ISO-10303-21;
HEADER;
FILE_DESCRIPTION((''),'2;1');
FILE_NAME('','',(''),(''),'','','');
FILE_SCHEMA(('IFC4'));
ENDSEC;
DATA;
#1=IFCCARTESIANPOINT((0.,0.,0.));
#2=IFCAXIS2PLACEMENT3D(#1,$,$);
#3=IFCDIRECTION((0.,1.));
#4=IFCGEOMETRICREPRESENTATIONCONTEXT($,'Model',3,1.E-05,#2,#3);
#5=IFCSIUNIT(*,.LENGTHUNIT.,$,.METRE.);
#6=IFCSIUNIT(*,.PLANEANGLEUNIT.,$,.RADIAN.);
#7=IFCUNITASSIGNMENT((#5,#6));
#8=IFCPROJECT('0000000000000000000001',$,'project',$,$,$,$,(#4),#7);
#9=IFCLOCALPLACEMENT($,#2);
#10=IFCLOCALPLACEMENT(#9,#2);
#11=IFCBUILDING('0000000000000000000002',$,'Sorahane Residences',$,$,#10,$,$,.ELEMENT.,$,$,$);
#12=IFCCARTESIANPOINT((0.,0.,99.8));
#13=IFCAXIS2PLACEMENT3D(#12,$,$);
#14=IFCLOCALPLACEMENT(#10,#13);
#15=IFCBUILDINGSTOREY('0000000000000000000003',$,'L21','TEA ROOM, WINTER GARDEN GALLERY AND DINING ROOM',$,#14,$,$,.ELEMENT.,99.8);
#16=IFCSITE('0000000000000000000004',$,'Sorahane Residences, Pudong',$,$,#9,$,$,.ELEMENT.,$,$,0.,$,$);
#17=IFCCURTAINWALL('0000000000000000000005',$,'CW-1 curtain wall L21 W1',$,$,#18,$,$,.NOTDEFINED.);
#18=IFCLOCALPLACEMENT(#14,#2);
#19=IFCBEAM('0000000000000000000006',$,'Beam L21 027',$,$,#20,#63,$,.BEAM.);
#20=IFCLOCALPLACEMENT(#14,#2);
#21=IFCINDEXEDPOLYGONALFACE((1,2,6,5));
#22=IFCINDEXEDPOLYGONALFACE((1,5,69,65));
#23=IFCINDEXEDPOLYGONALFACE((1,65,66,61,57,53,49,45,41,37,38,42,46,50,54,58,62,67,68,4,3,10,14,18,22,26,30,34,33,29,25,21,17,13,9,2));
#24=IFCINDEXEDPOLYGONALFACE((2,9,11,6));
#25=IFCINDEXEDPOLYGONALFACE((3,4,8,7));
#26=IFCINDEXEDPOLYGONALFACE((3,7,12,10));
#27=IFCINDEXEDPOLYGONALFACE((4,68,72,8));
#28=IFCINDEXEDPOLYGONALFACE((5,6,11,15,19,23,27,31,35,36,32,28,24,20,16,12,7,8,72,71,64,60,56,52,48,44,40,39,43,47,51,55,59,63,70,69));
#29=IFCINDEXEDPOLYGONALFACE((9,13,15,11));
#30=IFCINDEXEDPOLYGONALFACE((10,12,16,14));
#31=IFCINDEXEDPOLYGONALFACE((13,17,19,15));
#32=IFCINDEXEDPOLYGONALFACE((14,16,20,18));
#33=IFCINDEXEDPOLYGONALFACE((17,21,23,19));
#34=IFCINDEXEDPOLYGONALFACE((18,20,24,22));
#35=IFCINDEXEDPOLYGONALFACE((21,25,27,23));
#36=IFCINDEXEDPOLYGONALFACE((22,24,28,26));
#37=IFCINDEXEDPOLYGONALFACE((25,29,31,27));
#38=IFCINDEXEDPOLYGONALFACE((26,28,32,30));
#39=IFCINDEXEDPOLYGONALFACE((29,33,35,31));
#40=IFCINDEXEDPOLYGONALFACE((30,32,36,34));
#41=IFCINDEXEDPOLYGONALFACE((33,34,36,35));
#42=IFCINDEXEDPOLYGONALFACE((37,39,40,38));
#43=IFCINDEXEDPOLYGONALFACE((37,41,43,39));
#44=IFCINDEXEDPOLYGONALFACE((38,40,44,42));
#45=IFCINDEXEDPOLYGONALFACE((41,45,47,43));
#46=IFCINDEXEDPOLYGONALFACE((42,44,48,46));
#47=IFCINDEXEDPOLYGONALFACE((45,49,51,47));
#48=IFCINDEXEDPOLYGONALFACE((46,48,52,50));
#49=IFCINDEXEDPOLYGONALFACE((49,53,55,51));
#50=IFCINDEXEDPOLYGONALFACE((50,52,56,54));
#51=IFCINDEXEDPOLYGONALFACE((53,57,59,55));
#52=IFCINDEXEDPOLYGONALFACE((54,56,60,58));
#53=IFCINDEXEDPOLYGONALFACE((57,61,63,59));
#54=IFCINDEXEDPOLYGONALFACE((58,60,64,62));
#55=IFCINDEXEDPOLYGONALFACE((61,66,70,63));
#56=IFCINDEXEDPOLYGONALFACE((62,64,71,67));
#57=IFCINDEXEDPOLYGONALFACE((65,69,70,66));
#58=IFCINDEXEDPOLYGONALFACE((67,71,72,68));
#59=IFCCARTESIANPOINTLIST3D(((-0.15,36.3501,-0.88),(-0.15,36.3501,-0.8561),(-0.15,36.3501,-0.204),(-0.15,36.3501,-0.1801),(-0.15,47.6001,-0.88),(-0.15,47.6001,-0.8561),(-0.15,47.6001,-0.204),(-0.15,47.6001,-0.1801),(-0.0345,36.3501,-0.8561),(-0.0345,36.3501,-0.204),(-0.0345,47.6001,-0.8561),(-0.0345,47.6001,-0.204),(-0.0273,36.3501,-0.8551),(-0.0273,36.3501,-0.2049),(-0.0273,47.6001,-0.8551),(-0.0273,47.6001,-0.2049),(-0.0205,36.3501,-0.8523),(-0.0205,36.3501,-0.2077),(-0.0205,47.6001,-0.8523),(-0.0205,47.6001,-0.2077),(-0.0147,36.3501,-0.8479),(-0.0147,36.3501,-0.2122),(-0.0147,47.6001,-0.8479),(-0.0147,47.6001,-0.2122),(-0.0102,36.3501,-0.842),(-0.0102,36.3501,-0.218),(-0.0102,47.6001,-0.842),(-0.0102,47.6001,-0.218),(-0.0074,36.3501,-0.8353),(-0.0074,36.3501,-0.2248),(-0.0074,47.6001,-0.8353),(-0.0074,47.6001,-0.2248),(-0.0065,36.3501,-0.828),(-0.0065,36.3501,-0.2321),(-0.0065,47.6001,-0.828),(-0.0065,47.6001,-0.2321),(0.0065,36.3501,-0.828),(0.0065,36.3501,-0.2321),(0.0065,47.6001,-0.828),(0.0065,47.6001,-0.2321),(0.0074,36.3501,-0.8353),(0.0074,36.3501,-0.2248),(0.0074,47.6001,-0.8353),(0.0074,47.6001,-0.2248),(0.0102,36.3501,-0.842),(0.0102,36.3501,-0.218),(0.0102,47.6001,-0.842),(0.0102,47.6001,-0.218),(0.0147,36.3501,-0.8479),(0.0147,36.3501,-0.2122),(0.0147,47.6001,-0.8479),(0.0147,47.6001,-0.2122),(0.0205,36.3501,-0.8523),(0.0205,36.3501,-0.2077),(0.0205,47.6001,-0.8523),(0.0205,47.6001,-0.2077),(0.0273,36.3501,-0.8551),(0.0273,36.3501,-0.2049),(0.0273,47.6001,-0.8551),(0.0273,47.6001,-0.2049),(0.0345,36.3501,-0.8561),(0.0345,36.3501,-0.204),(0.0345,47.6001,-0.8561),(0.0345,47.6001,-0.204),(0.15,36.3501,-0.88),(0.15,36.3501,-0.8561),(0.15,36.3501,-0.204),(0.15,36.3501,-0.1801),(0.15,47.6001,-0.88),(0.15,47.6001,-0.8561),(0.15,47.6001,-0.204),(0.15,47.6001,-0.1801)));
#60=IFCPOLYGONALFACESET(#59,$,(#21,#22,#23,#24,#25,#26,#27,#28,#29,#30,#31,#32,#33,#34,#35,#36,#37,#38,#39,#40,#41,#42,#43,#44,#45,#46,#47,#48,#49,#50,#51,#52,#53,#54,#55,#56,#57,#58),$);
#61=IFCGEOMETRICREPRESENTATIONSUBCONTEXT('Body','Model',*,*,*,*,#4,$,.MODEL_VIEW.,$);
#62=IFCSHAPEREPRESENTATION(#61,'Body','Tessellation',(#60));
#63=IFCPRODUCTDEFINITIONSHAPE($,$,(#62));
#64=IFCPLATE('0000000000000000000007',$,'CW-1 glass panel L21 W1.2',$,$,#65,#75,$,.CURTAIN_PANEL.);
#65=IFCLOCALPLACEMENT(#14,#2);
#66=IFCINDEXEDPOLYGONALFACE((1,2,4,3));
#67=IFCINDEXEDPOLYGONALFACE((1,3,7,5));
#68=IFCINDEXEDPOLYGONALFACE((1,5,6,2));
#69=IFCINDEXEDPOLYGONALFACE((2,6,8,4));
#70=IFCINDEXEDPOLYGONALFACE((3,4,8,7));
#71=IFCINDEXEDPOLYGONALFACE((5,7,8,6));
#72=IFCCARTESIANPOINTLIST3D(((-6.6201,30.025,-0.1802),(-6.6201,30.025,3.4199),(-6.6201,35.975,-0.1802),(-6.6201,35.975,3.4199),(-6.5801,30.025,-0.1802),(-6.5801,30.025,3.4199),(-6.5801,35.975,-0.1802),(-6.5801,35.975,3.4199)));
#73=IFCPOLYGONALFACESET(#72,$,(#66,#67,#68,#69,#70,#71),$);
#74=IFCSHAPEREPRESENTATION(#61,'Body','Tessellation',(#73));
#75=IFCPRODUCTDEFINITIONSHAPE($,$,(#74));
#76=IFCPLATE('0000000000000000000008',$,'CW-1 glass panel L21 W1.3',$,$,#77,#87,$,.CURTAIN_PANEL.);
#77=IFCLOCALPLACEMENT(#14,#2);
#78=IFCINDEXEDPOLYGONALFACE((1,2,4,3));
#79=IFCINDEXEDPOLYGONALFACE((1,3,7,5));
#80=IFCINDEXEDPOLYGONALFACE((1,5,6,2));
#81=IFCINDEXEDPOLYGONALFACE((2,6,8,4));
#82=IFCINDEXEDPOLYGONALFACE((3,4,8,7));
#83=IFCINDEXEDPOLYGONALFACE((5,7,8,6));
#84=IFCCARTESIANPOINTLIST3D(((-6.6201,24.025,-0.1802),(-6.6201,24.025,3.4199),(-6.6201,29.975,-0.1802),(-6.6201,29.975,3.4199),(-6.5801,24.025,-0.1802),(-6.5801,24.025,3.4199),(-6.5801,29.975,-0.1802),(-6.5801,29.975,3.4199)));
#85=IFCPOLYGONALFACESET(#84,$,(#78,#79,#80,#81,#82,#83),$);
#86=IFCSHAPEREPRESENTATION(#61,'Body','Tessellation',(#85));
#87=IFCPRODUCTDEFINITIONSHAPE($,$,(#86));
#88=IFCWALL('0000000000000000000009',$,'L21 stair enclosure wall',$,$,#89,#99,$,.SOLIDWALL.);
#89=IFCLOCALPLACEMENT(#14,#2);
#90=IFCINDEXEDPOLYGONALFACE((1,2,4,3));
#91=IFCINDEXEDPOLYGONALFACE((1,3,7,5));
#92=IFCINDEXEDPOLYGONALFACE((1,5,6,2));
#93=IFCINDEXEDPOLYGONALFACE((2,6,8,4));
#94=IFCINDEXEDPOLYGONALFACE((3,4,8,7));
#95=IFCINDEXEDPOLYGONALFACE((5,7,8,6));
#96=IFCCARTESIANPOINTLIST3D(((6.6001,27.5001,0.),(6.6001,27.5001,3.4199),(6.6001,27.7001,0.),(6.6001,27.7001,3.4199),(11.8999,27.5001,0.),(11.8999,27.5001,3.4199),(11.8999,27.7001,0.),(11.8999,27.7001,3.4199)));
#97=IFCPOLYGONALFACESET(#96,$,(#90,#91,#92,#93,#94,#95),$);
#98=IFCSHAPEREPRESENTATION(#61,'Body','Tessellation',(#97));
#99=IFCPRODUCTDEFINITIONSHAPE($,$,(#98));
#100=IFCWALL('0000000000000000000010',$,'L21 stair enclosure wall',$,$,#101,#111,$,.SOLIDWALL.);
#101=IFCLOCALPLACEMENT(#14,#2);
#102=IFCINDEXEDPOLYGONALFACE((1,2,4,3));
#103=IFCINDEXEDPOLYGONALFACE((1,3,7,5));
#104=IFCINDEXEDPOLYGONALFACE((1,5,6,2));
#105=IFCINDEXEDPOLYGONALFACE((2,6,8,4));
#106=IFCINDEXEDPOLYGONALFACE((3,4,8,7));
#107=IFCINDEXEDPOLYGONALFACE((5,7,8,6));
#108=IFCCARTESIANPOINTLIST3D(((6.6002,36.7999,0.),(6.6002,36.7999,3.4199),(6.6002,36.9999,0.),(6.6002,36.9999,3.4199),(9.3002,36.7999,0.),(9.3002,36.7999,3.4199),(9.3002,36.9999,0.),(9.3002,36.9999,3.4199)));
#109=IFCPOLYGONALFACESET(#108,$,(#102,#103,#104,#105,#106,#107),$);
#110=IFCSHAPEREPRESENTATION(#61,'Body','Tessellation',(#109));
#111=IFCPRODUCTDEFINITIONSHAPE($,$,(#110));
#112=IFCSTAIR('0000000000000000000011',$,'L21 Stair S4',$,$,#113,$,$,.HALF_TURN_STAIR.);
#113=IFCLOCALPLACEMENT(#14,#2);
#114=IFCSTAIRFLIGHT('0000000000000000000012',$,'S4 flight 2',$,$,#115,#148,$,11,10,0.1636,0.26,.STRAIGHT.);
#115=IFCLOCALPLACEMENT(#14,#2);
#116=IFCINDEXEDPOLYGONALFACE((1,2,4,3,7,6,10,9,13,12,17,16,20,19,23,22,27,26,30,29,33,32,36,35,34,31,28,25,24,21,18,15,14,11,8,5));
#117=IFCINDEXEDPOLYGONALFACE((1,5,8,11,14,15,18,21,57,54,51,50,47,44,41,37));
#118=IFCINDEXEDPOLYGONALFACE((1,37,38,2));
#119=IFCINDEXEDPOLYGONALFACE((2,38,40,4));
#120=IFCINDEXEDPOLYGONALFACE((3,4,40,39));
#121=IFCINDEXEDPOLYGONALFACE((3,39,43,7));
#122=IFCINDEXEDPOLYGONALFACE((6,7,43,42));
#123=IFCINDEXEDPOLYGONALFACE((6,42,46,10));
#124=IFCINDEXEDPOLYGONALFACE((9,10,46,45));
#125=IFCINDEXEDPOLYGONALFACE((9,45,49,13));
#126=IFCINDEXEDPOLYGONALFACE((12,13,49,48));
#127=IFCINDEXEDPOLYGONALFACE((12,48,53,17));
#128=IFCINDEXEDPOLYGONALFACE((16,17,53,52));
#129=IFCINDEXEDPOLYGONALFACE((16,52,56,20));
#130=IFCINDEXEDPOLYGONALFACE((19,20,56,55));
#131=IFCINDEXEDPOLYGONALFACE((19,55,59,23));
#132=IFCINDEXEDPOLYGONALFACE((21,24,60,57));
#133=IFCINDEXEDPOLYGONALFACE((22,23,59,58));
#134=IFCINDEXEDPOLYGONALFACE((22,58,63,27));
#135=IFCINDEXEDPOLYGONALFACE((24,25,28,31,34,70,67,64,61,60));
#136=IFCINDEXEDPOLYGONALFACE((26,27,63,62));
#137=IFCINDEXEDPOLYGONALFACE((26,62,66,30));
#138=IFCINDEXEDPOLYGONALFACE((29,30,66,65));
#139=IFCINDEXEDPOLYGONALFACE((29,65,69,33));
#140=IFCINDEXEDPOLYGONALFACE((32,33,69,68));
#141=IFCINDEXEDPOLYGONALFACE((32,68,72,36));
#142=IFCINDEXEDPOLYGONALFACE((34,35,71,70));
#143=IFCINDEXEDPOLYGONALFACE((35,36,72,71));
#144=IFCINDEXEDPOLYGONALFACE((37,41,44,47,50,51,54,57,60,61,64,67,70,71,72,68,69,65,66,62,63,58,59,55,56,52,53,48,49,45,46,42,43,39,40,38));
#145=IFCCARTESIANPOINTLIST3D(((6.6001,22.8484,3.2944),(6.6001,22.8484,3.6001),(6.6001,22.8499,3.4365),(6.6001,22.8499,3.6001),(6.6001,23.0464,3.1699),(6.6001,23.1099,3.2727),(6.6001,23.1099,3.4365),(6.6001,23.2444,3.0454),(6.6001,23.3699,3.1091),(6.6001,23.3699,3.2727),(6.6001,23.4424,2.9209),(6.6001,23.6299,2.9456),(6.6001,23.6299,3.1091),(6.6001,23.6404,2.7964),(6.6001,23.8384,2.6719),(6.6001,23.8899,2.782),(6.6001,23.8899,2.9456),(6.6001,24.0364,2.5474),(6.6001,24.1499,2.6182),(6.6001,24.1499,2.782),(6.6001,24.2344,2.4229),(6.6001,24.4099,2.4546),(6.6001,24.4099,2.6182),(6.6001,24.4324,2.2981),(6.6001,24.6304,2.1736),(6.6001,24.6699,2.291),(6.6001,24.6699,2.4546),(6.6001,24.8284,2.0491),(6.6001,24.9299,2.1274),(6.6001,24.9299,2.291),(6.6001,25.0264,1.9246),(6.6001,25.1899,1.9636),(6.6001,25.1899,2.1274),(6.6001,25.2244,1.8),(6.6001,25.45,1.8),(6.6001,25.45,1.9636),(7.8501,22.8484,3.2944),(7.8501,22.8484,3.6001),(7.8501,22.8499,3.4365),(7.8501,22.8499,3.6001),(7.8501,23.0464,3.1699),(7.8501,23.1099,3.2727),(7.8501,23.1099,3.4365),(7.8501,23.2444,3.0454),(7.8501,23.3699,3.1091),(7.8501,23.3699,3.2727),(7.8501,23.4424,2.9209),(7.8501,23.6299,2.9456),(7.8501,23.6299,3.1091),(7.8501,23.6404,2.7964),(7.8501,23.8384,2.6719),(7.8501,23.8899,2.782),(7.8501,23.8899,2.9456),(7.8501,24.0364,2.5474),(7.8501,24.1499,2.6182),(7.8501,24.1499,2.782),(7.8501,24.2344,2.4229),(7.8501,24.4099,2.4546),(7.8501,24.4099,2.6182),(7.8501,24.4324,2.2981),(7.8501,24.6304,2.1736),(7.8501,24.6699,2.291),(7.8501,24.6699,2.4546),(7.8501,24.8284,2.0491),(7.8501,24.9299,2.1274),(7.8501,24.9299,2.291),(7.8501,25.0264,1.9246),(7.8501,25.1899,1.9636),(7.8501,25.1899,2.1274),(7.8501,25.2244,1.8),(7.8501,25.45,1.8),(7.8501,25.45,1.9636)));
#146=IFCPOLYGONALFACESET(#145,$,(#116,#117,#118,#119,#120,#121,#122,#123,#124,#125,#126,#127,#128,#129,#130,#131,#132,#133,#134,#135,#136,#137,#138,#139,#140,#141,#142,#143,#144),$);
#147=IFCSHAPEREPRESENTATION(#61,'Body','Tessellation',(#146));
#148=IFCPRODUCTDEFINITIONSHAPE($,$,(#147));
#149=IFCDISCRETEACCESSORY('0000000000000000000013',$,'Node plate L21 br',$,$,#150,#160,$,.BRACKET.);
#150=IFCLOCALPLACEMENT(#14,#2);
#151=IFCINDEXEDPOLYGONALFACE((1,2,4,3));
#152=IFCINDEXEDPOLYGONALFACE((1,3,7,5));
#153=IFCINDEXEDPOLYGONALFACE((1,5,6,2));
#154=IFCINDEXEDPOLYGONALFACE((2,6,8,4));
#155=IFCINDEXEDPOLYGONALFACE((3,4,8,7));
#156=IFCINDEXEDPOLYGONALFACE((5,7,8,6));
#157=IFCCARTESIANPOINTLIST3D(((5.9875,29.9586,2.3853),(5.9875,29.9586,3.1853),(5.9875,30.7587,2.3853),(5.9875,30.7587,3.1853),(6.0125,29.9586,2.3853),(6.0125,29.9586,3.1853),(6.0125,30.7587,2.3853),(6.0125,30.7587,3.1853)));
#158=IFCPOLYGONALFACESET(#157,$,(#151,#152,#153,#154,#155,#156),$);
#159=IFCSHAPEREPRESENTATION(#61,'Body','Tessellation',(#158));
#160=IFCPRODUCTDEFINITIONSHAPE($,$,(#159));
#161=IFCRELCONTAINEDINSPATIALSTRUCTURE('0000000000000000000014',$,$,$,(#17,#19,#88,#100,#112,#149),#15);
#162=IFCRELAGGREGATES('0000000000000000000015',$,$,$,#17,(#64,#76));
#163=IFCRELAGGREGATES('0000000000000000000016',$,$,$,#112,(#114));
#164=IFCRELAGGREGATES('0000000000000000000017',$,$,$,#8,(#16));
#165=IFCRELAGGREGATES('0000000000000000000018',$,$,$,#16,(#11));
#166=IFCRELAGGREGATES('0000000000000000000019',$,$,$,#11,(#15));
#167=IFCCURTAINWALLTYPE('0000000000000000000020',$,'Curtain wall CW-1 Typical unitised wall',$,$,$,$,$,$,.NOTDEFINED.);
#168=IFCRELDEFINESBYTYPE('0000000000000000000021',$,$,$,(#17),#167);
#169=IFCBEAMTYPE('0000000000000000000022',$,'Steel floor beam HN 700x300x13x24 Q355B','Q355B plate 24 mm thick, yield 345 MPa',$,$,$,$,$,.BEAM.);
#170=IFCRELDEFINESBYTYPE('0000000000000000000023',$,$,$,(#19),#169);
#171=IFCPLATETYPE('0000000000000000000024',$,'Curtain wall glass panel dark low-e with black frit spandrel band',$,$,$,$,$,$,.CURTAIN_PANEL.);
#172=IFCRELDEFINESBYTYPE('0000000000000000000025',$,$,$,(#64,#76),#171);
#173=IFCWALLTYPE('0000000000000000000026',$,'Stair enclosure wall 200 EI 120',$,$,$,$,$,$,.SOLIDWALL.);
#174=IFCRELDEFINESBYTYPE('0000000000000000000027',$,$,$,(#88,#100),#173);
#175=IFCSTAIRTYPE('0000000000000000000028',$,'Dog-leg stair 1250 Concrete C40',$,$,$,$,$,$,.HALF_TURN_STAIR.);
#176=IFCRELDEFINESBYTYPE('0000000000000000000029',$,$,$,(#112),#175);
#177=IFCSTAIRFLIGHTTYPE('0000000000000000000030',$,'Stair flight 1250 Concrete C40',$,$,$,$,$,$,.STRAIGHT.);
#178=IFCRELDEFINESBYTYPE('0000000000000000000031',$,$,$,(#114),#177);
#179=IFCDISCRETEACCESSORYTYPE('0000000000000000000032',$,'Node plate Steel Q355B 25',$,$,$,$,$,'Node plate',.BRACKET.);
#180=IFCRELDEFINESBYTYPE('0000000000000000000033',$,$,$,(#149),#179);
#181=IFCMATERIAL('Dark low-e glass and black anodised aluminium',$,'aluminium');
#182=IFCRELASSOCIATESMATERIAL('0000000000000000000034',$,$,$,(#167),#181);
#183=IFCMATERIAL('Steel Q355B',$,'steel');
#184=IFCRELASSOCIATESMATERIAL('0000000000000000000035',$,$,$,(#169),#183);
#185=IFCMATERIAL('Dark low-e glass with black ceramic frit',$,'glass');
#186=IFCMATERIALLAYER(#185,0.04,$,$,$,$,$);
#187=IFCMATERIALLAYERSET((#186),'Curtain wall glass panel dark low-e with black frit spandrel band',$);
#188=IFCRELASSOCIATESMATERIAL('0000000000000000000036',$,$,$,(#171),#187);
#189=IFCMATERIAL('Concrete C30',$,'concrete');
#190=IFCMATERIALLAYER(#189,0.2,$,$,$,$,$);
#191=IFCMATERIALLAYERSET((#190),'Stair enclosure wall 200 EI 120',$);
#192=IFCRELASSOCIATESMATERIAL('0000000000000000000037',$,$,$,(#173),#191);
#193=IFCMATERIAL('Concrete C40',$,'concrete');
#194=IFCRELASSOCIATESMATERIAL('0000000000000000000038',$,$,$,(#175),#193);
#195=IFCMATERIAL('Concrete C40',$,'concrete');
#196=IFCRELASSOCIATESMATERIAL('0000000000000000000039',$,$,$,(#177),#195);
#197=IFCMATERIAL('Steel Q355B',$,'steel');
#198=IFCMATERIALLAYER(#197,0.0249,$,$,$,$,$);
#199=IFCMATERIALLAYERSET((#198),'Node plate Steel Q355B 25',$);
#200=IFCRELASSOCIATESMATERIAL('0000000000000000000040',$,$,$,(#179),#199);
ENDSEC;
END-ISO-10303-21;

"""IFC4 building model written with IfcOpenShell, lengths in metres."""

from ifc_helpers import new_model, si_unit, direction, frame, frame_2d, origin, origin_2d, place, context, subcontext, project, spatial, polyline, rectangle, i_section, outline, extrude, material, layer, layer_set, material_profile, profile_set, type_object, element, aggregate, save


model = new_model("IFC4")

# Units and contexts
model_context = context("Model", 3, precision=1e-05, world=origin(), true_north=direction((0.0, 1.0)))
body_context = subcontext(model_context, "Body", "Model", "MODEL_VIEW")
ifc_project = project(units=[si_unit("LENGTHUNIT", "METRE"), si_unit("PLANEANGLEUNIT", "RADIAN")], contexts=[model_context])

# Site, building, storey
site_placement = place(None, origin())
site = spatial("IfcSite", under=ifc_project, at=site_placement, Name="Sorahane Residences, Pudong", CompositionType="ELEMENT", RefElevation=0.0)
building_placement = place(site_placement, origin())
building = spatial("IfcBuilding", under=site, at=building_placement, Name="Sorahane Residences", CompositionType="ELEMENT")
storey_placement = place(building_placement, frame((0.0, 0.0, 99.8)))
storey = spatial("IfcBuildingStorey", under=building, at=storey_placement, Name="L21", Description="TEA ROOM, WINTER GARDEN GALLERY AND DINING ROOM", CompositionType="ELEMENT", Elevation=99.8)

# Curtain wall
ifc_material_1 = material(Name="Dark low-e glass and black anodised aluminium", Category="aluminium")
curtain_wall_type = type_object("IfcCurtainWallType", Name="Curtain wall CW-1 Typical unitised wall", PredefinedType="NOTDEFINED", material=ifc_material_1)
curtain_wall_placement = place(storey_placement, origin())
curtain_wall = element("IfcCurtainWall", 1, at=curtain_wall_placement, inside=storey, type_object=curtain_wall_type, Name="CW-1 curtain wall L21 W1", PredefinedType="NOTDEFINED")

# Beam
ifc_material_2 = material(Name="Steel Q355B", Category="steel")
ifc_material_profile_1 = material_profile(ifc_material_2, i_section(OverallWidth=0.3, OverallDepth=0.7, WebThickness=0.0129, FlangeThickness=0.0239, FilletRadius=0.0281, at=origin_2d()), Name="HN 700x300x13x24")
ifc_profile_set_1 = profile_set([ifc_material_profile_1], Name="Steel Q355B")
beam_type_1 = type_object("IfcBeamType", Name="Steel floor beam HN 700x300x13x24 Q355B", Description="Q355B plate 24 mm thick, yield 345 MPa", PredefinedType="BEAM", material=ifc_profile_set_1)
beam_1_placement = place(storey_placement, frame((0.0, 36.3501, -0.53), z_axis=(0.0, 1.0, 0.0), x_axis=(-1.0, 0.0, 0.0)))
element("IfcBeam", 2, at=beam_1_placement, inside=storey, type_object=beam_type_1, Name="Beam L21 027", PredefinedType="BEAM", context=body_context, shape_type="SweptSolid", body=[
    extrude(i_section(OverallWidth=0.3, OverallDepth=0.7, WebThickness=0.0129, FlangeThickness=0.0239, FilletRadius=0.0281, at=origin_2d()), origin(), (0.0, 0.0, 1.0), 11.25),
])

# Plates
ifc_material_3 = material(Name="Dark low-e glass with black ceramic frit", Category="glass")
ifc_layer_1 = layer(ifc_material_3, 0.04)
ifc_layer_set_1 = layer_set([ifc_layer_1], Name="Curtain wall glass panel dark low-e with black frit spandrel band")
plate_type = type_object("IfcPlateType", Name="Curtain wall glass panel dark low-e with black frit spandrel band", PredefinedType="CURTAIN_PANEL", material=ifc_layer_set_1)
plate_1_placement = place(storey_placement, frame((-6.6001, 33.0, -0.1802), z_axis=(0.0, 0.0, 1.0), x_axis=(0.0, -1.0, 0.0)))
plate_1 = element("IfcPlate", 3, at=plate_1_placement, type_object=plate_type, Name="CW-1 glass panel L21 W1.2", PredefinedType="CURTAIN_PANEL", context=body_context, shape_type="SweptSolid", body=[
    extrude(rectangle(XDim=5.95, YDim=0.04, at=origin_2d()), origin(), (0.0, 0.0, 1.0), 3.6001),
])
plate_2_placement = place(storey_placement, frame((-6.6001, 27.0, -0.1802), z_axis=(0.0, 0.0, 1.0), x_axis=(0.0, -1.0, 0.0)))
plate_2 = element("IfcPlate", 4, at=plate_2_placement, type_object=plate_type, Name="CW-1 glass panel L21 W1.3", PredefinedType="CURTAIN_PANEL", context=body_context, shape_type="SweptSolid", body=[
    extrude(rectangle(XDim=5.95, YDim=0.04, at=origin_2d()), origin(), (0.0, 0.0, 1.0), 3.6001),
])
aggregate(curtain_wall, [plate_1, plate_2])

# Walls
ifc_material_4 = material(Name="Concrete C30", Category="concrete")
ifc_layer_2 = layer(ifc_material_4, 0.2)
ifc_layer_set_2 = layer_set([ifc_layer_2], Name="Stair enclosure wall 200 EI 120")
wall_type = type_object("IfcWallType", Name="Stair enclosure wall 200 EI 120", PredefinedType="SOLIDWALL", material=ifc_layer_set_2)
wall_1_placement = place(storey_placement, frame((6.6001, 27.6001, 0.0), z_axis=(0.0, 0.0, 1.0), x_axis=(1.0, 0.0, 0.0)))
element("IfcWall", 5, at=wall_1_placement, inside=storey, type_object=wall_type, Name="L21 stair enclosure wall", PredefinedType="SOLIDWALL", context=body_context, shape_type="SweptSolid", body=[
    extrude(rectangle(XDim=5.2998, YDim=0.2, at=frame_2d((2.6499, 0.0))), origin(), (0.0, 0.0, 1.0), 3.4199),
])
wall_2_placement = place(storey_placement, frame((6.6001, 36.8999, 0.0), z_axis=(0.0, 0.0, 1.0), x_axis=(1.0, 0.0, 0.0)))
element("IfcWall", 6, at=wall_2_placement, inside=storey, type_object=wall_type, Name="L21 stair enclosure wall", PredefinedType="SOLIDWALL", context=body_context, shape_type="SweptSolid", body=[
    extrude(rectangle(XDim=2.7, YDim=0.2, at=frame_2d((1.3501, 0.0))), origin(), (0.0, 0.0, 1.0), 3.4199),
])

# Stair, stair flight
ifc_material_5 = material(Name="Concrete C40", Category="concrete")
stair_type = type_object("IfcStairType", Name="Dog-leg stair 1250 Concrete C40", PredefinedType="HALF_TURN_STAIR", material=ifc_material_5)
stair_placement = place(storey_placement, origin())
stair = element("IfcStair", 7, at=stair_placement, inside=storey, type_object=stair_type, Name="L21 Stair S4", PredefinedType="HALF_TURN_STAIR")
ifc_material_6 = material(Name="Concrete C40", Category="concrete")
stair_flight_type = type_object("IfcStairFlightType", Name="Stair flight 1250 Concrete C40", PredefinedType="STRAIGHT", material=ifc_material_6)
stair_flight_placement = place(storey_placement, frame((7.2251, 25.45, 1.8), z_axis=(0.0, 0.0, 1.0), x_axis=(0.0, -1.0, 0.0)))
stair_flight = element("IfcStairFlight", 8, at=stair_flight_placement, type_object=stair_flight_type, Name="S4 flight 2", NumberOfRisers=11, NumberOfTreads=10, PredefinedType="STRAIGHT", RiserHeight=0.1636, TreadLength=0.26, context=body_context, shape_type="SweptSolid", body=[
    extrude(outline(polyline([(0.0, 0.0), (0.0, 0.1636), (0.26, 0.1636), (0.26, 0.3274), (0.52, 0.3274), (0.52, 0.491), (0.78, 0.491), (0.78, 0.6545), (1.04, 0.6545), (1.04, 0.8181), (1.3, 0.8181), (1.3, 0.9819), (1.5601, 0.9819), (1.5601, 1.1455), (1.8201, 1.1455), (1.8201, 1.3091), (2.0801, 1.3091), (2.0801, 1.4727), (2.3401, 1.4727), (2.3401, 1.6365), (2.6001, 1.6365), (2.6001, 1.8), (2.6016, 1.8), (2.6016, 1.4944), (2.4036, 1.3699), (2.2056, 1.2454), (2.0076, 1.1208), (1.8096, 0.9963), (1.6116, 0.8718), (1.4136, 0.7473), (1.2156, 0.6228), (1.0176, 0.498), (0.8196, 0.3735), (0.6216, 0.249), (0.4236, 0.1245), (0.2256, 0.0), (0.0, 0.0)])), frame((0.0, 0.625, 0.0), z_axis=(0.0, -1.0, 0.0), x_axis=(1.0, 0.0, 0.0)), (0.0, 0.0, 1.0), 1.25),
])
aggregate(stair, [stair_flight])

# Discrete accessory
ifc_material_7 = material(Name="Steel Q355B", Category="steel")
ifc_layer_3 = layer(ifc_material_7, 0.0249)
ifc_layer_set_3 = layer_set([ifc_layer_3], Name="Node plate Steel Q355B 25")
discrete_accessory_type = type_object("IfcDiscreteAccessoryType", Name="Node plate Steel Q355B 25", ElementType="Node plate", PredefinedType="BRACKET", material=ifc_layer_set_3)
discrete_accessory_placement = place(storey_placement, frame((6.0, 30.3586, 2.3853), z_axis=(0.0, 0.0, 1.0), x_axis=(0.0, 1.0, 0.0)))
element("IfcDiscreteAccessory", 9, at=discrete_accessory_placement, inside=storey, type_object=discrete_accessory_type, Name="Node plate L21 br", PredefinedType="BRACKET", context=body_context, shape_type="SweptSolid", body=[
    extrude(rectangle(XDim=0.8, YDim=0.0249, at=origin_2d()), origin(), (0.0, 0.0, 1.0), 0.8),
])

save(model, "model.ifc")
